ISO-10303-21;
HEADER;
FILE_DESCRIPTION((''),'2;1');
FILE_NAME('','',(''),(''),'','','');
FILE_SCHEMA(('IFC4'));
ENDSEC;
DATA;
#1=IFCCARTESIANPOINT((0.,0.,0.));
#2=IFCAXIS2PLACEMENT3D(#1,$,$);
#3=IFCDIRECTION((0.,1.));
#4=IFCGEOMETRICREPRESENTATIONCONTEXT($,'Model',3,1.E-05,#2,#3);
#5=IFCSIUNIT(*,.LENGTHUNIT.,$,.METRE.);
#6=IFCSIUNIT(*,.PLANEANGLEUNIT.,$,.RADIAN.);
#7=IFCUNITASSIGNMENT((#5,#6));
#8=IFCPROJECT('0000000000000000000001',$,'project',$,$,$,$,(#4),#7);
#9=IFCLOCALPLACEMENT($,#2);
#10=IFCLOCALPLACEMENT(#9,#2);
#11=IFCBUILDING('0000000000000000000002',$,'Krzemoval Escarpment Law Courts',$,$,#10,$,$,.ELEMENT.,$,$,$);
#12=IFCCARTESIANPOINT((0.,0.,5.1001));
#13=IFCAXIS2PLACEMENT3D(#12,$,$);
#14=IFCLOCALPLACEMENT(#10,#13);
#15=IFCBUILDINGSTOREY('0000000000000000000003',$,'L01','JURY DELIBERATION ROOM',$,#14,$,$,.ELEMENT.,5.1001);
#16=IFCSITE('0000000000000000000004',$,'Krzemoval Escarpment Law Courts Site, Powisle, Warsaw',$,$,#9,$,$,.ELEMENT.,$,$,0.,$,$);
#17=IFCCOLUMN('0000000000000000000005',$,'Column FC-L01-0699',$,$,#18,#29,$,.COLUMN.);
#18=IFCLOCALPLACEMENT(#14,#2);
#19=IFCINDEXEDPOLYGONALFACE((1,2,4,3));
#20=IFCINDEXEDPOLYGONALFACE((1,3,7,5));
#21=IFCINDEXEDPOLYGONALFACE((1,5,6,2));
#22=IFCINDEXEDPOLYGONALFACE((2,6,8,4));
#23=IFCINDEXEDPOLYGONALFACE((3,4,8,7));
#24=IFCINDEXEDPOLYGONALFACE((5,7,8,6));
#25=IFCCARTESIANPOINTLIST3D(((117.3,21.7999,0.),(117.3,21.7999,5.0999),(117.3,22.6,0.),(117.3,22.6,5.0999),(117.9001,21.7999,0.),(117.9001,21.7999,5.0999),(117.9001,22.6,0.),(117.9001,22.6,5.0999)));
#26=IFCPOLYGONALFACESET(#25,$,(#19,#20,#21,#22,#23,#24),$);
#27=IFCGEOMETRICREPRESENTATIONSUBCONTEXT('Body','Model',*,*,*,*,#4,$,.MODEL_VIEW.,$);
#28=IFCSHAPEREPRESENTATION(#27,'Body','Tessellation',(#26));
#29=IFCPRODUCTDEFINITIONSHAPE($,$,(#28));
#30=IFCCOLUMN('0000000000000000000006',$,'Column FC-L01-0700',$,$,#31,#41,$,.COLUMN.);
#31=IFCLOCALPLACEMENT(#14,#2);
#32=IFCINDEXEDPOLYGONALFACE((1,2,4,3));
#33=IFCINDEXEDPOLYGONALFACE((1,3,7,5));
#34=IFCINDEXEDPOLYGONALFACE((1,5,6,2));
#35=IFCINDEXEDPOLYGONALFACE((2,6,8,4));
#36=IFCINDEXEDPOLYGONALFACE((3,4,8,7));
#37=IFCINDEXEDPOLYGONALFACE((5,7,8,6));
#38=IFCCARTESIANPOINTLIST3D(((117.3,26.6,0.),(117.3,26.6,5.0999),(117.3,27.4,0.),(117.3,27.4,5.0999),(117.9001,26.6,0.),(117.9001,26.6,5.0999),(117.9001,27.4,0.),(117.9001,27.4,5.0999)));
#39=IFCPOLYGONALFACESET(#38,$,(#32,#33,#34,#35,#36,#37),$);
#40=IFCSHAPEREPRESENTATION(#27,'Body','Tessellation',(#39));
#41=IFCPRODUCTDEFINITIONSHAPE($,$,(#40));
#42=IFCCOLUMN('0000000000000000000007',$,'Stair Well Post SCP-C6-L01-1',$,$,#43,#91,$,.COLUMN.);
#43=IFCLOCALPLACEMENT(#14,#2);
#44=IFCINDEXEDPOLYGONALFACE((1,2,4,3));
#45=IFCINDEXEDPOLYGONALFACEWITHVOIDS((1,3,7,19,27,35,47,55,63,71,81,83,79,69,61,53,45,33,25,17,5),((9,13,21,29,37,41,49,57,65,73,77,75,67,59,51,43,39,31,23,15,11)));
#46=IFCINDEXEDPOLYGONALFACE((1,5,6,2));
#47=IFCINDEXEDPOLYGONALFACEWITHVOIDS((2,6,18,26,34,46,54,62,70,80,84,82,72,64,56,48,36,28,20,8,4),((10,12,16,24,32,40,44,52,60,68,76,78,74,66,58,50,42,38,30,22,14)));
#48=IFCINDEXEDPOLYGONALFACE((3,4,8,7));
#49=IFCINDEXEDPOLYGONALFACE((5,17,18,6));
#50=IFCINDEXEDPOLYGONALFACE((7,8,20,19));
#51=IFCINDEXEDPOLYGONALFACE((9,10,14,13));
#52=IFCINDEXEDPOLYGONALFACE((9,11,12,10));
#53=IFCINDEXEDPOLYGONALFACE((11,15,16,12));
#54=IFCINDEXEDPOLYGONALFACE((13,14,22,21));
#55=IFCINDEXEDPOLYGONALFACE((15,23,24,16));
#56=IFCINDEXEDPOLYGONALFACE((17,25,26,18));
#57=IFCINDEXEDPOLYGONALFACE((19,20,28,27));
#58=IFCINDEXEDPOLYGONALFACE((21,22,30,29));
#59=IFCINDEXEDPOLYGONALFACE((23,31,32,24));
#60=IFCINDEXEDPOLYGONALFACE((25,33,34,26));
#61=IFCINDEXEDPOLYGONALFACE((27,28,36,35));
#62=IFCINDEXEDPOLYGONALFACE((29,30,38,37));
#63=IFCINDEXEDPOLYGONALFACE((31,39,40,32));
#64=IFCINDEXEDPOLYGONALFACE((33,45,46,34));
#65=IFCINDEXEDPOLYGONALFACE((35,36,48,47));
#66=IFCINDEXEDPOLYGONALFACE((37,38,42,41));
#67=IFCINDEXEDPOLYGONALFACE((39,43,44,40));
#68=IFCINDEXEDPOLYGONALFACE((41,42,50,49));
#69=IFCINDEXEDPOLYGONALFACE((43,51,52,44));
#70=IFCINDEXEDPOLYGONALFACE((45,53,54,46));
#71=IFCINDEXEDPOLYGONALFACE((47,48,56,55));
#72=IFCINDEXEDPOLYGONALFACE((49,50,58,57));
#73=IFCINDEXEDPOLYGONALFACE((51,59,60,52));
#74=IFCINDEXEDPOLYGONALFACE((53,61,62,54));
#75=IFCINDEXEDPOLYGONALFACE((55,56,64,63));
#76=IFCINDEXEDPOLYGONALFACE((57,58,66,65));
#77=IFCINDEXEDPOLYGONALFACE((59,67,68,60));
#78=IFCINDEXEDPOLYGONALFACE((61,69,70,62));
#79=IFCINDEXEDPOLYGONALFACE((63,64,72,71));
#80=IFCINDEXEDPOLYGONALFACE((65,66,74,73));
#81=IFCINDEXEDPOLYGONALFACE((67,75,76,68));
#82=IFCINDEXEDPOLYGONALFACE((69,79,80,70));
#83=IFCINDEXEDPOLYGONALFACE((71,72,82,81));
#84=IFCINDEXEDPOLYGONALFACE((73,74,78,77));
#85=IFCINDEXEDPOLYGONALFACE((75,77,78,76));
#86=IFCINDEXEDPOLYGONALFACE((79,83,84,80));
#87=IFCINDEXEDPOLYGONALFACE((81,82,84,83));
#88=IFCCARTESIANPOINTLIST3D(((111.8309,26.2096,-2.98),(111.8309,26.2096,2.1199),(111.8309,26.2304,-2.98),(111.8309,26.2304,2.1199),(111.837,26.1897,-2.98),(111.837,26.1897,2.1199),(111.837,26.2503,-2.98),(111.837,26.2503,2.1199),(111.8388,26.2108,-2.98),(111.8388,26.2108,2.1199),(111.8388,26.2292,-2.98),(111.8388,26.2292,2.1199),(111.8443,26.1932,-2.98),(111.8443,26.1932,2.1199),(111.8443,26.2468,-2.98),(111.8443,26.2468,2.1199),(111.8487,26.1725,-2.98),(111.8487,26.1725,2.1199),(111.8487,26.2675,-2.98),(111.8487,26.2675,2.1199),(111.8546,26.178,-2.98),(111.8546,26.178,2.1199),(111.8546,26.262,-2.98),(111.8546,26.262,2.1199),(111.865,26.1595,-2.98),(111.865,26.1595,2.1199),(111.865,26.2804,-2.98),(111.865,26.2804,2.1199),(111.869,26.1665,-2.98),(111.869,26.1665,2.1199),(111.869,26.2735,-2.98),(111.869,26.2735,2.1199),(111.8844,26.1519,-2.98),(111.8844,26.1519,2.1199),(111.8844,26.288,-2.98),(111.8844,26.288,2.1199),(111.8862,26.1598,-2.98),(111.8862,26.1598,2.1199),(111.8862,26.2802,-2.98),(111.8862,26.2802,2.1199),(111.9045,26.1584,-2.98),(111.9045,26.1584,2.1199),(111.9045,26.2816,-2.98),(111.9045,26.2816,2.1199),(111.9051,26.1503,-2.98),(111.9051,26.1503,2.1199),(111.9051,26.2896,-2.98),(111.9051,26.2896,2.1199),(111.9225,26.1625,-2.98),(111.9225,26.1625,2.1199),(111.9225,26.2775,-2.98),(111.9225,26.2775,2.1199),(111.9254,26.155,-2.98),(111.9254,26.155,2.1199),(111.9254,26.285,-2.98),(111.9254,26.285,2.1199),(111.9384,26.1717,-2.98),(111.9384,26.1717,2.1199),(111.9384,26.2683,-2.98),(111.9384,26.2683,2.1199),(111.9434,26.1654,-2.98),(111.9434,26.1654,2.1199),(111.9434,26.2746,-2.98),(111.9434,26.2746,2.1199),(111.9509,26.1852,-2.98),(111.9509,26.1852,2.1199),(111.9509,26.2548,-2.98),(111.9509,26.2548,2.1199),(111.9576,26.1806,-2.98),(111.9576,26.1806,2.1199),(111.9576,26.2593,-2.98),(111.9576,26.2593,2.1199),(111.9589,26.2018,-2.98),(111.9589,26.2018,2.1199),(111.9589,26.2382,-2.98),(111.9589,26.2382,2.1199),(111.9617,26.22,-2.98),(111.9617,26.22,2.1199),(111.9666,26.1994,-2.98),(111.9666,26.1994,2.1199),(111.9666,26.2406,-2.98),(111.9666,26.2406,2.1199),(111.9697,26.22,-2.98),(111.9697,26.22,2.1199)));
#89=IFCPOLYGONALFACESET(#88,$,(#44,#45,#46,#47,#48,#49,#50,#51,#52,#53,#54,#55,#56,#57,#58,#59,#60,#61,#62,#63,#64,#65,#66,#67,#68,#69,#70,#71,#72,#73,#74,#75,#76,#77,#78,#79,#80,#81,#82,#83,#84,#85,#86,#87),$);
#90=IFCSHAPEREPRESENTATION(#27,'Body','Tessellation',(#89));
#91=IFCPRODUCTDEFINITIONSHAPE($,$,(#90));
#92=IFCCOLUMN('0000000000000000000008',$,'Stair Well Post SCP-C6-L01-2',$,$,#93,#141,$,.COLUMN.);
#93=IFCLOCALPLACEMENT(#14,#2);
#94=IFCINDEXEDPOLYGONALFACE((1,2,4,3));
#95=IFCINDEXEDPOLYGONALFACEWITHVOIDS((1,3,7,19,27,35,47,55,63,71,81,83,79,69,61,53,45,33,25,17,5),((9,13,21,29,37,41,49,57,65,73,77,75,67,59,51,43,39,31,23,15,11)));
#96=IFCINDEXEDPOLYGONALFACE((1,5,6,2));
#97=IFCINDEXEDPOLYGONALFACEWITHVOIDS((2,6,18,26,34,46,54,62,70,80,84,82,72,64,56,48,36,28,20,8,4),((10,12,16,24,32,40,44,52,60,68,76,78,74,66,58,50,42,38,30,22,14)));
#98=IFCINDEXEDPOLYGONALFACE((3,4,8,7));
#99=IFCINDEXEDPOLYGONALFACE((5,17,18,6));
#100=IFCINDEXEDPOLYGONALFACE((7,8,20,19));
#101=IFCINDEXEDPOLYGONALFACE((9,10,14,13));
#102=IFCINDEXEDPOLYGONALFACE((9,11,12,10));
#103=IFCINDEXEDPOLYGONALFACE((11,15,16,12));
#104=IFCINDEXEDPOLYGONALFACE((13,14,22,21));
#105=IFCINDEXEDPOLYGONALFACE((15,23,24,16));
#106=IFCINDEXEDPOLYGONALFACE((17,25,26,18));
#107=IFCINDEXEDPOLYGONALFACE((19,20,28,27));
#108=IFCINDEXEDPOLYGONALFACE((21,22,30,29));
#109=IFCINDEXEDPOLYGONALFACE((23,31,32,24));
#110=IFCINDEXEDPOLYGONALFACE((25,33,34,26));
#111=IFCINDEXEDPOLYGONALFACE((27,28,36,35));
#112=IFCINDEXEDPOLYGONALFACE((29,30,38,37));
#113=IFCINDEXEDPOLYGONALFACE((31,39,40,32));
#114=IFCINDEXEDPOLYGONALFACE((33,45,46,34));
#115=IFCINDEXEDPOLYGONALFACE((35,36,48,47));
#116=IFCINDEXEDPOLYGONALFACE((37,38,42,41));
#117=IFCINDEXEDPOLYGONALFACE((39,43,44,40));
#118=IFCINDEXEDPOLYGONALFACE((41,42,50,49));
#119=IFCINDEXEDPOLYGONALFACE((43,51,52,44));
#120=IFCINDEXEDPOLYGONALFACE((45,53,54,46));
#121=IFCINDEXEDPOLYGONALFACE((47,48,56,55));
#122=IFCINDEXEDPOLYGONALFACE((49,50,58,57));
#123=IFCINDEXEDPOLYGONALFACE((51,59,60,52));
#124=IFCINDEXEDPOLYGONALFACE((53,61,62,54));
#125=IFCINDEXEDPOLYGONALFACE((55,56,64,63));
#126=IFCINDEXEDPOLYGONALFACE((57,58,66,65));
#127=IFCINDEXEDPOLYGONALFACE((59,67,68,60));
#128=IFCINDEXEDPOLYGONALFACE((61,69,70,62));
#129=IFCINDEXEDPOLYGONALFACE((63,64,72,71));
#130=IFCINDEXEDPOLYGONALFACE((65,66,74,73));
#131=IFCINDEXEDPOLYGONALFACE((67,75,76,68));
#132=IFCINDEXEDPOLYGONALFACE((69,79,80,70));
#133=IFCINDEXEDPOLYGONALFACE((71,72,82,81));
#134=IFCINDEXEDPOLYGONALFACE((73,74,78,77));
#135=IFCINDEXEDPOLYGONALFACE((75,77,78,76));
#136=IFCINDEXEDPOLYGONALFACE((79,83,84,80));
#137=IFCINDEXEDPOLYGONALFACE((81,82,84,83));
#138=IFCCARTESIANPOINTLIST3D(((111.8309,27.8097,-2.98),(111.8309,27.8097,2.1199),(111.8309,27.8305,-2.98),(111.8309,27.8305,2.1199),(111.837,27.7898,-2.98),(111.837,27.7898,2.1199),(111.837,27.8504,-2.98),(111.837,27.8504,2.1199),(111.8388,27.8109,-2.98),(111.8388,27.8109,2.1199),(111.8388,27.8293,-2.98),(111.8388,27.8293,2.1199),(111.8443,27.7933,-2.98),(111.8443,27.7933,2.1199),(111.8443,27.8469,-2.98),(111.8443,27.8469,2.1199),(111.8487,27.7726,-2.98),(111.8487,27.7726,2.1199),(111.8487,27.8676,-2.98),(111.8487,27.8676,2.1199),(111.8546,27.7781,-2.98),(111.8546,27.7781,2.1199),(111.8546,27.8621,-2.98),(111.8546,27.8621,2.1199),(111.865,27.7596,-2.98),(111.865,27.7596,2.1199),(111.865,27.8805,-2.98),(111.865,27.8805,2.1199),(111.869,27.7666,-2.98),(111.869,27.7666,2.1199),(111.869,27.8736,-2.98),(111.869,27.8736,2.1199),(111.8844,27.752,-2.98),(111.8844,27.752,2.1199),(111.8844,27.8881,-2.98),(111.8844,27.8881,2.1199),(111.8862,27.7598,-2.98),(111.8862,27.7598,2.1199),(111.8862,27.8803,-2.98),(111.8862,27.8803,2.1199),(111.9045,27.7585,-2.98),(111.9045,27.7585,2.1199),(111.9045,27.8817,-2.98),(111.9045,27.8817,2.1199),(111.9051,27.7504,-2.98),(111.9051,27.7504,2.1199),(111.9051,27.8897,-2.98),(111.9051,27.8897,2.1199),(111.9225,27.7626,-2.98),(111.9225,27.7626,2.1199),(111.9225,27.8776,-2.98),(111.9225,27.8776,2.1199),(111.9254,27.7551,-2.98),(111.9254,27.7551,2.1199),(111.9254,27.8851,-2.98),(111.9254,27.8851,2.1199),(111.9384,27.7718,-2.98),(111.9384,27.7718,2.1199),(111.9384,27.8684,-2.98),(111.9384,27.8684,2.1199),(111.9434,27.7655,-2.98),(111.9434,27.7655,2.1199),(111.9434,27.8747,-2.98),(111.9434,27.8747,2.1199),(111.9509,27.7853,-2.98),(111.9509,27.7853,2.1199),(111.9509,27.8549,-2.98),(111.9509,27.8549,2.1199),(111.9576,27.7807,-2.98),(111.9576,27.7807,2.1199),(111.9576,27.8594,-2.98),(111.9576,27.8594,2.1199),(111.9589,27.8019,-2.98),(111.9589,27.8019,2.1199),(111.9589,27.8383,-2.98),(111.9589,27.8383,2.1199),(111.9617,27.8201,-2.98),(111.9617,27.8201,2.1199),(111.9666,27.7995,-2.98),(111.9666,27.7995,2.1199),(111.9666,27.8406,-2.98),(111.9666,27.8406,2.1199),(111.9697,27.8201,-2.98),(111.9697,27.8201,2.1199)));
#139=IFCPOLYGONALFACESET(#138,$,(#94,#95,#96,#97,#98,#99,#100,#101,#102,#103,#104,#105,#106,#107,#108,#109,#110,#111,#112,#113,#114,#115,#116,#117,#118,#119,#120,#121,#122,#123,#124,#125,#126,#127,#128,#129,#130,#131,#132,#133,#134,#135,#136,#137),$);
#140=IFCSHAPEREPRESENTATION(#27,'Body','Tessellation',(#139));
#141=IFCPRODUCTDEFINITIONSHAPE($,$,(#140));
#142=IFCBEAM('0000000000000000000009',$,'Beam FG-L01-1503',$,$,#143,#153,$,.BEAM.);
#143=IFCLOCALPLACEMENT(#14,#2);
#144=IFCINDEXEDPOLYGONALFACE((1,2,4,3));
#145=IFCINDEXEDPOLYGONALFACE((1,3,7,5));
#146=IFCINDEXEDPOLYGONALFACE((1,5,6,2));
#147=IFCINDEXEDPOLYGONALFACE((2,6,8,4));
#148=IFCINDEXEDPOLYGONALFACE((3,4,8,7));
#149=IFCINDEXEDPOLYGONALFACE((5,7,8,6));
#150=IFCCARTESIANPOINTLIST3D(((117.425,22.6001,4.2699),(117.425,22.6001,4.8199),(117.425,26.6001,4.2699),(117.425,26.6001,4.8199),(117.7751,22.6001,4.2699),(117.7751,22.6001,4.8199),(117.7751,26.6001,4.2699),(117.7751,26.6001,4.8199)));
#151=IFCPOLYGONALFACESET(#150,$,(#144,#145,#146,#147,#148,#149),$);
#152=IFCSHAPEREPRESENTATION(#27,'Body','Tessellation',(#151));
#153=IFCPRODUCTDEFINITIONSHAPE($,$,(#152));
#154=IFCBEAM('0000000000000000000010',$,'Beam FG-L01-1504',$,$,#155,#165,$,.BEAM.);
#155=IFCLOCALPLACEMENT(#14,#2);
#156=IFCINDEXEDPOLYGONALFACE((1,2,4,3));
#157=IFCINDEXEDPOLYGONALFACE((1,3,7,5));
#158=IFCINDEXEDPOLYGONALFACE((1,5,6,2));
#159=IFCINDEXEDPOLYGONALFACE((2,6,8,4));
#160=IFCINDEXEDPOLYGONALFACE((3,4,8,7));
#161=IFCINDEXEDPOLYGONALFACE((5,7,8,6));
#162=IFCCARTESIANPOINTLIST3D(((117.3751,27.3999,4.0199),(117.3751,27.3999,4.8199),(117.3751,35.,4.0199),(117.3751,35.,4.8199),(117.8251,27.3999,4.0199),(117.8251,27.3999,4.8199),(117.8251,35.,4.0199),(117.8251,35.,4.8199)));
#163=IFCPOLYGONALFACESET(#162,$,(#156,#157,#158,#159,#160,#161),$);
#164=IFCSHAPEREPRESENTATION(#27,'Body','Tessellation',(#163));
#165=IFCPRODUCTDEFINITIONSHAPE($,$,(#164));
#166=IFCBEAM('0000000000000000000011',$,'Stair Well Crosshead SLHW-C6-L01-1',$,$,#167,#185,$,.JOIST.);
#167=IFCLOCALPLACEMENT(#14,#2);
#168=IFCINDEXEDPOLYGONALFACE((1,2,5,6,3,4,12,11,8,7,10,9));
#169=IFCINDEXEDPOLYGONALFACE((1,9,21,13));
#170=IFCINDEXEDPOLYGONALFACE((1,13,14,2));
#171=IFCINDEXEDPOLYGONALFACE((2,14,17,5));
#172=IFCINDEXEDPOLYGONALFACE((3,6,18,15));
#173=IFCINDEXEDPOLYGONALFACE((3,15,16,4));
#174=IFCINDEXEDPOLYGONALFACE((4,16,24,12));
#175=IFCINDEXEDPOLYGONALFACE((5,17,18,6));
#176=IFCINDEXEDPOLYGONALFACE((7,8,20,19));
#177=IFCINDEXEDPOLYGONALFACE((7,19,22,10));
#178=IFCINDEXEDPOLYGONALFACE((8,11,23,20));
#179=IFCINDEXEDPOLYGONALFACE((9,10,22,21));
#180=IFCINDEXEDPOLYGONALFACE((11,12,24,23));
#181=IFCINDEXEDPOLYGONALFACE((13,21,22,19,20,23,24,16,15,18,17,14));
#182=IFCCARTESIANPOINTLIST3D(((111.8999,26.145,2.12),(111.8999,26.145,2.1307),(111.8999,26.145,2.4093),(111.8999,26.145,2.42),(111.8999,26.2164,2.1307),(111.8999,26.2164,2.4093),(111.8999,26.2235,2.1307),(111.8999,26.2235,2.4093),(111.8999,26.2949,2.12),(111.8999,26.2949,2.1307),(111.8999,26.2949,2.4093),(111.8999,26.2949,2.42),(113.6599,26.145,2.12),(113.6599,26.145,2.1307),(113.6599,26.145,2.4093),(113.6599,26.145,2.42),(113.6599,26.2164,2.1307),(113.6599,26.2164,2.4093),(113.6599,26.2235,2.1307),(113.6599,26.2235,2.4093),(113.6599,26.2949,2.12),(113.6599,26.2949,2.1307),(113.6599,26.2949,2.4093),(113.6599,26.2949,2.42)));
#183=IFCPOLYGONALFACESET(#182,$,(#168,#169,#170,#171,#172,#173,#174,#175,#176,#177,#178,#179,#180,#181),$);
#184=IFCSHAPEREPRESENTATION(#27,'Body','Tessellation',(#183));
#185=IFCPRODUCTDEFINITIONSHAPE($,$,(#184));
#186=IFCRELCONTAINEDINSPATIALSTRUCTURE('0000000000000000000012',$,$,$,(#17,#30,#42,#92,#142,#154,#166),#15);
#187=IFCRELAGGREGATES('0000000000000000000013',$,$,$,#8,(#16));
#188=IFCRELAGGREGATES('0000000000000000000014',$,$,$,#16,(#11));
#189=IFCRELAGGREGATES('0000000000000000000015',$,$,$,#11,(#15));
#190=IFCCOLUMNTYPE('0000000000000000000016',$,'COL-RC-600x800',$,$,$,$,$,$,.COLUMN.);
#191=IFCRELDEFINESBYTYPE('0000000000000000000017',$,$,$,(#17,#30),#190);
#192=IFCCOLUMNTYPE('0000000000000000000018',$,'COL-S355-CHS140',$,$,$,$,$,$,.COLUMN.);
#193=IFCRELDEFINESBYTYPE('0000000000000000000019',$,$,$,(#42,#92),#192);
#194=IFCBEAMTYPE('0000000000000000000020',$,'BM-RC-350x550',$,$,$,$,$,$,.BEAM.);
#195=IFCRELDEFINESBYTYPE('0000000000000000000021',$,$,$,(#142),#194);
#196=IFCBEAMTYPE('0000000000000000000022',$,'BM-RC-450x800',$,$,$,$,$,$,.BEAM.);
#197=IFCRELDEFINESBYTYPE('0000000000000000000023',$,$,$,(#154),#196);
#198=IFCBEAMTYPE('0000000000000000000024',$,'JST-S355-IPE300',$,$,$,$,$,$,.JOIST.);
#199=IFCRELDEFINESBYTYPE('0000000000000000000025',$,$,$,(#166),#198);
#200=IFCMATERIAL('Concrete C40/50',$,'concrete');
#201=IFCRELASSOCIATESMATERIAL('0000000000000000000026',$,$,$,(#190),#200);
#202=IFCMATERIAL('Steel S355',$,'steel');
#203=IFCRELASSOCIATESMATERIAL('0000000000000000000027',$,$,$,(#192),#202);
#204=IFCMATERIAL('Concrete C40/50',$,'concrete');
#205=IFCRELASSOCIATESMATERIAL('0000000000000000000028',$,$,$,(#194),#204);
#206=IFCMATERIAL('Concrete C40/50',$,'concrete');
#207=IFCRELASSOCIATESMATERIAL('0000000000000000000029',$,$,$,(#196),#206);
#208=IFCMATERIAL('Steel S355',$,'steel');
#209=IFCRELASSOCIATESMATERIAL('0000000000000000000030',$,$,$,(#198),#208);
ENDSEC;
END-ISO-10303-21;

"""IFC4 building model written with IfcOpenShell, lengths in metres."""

from ifc_helpers import new_model, si_unit, direction, frame, origin, origin_2d, place, context, subcontext, project, spatial, rectangle, hollow_circle, i_section, extrude, material, material_profile, profile_set, type_object, element, save


model = new_model("IFC4")

# Units and contexts
model_context = context("Model", 3, precision=1e-05, world=origin(), true_north=direction((0.0, 1.0)))
body_context = subcontext(model_context, "Body", "Model", "MODEL_VIEW")
ifc_project = project(units=[si_unit("LENGTHUNIT", "METRE"), si_unit("PLANEANGLEUNIT", "RADIAN")], contexts=[model_context])

# Site, building, storey
site_placement = place(None, origin())
site = spatial("IfcSite", under=ifc_project, at=site_placement, Name="Krzemoval Escarpment Law Courts Site, Powisle, Warsaw", CompositionType="ELEMENT", RefElevation=0.0)
building_placement = place(site_placement, origin())
building = spatial("IfcBuilding", under=site, at=building_placement, Name="Krzemoval Escarpment Law Courts", CompositionType="ELEMENT")
storey_placement = place(building_placement, frame((0.0, 0.0, 5.1001)))
storey = spatial("IfcBuildingStorey", under=building, at=storey_placement, Name="L01", Description="JURY DELIBERATION ROOM", CompositionType="ELEMENT", Elevation=5.1001)

# Columns
ifc_material_1 = material(Name="Concrete C40/50", Category="concrete")
ifc_material_profile_1 = material_profile(ifc_material_1, rectangle(XDim=0.6001, YDim=0.8, at=origin_2d()), Name="RC 600x800")
ifc_profile_set_1 = profile_set([ifc_material_profile_1], Name="Concrete C40/50")
column_type_1 = type_object("IfcColumnType", Name="COL-RC-600x800", PredefinedType="COLUMN", material=ifc_profile_set_1)
for number, where, z_axis, x_axis, name in (
    (1, (117.6001, 22.2, 0.0), (0.0, 0.0, 1.0), (1.0, 0.0, 0.0), "Column FC-L01-0699"),
    (2, (117.6001, 27.0, 0.0), (0.0, 0.0, 1.0), (1.0, 0.0, 0.0), "Column FC-L01-0700"),
):
    element("IfcColumn", number, at=place(storey_placement, frame(where, z_axis=z_axis, x_axis=x_axis)), inside=storey, type_object=column_type_1, Name=name, PredefinedType="COLUMN", context=body_context, shape_type="SweptSolid", body=[
        extrude(rectangle(XDim=0.6001, YDim=0.8, at=origin_2d()), origin(), (0.0, 0.0, 1.0), 5.0999),
    ])
ifc_material_2 = material(Name="Steel S355", Category="steel")
ifc_material_profile_2 = material_profile(ifc_material_2, hollow_circle(Radius=0.0698, WallThickness=0.0081, at=origin_2d()), Name="CHS 139.7x8")
ifc_profile_set_2 = profile_set([ifc_material_profile_2], Name="Steel S355")
column_type_2 = type_object("IfcColumnType", Name="COL-S355-CHS140", PredefinedType="COLUMN", material=ifc_profile_set_2)
for number, where, z_axis, x_axis, name in (
    (3, (111.8999, 26.22, -2.98), (0.0, 0.0, 1.0), (1.0, 0.0, 0.0), "Stair Well Post SCP-C6-L01-1"),
    (4, (111.8999, 27.8201, -2.98), (0.0, 0.0, 1.0), (1.0, 0.0, 0.0), "Stair Well Post SCP-C6-L01-2"),
):
    element("IfcColumn", number, at=place(storey_placement, frame(where, z_axis=z_axis, x_axis=x_axis)), inside=storey, type_object=column_type_2, Name=name, PredefinedType="COLUMN", context=body_context, shape_type="SweptSolid", body=[
        extrude(hollow_circle(Radius=0.0698, WallThickness=0.0081, at=origin_2d()), origin(), (0.0, 0.0, 1.0), 5.0999),
    ])

# Beams
ifc_material_3 = material(Name="Concrete C40/50", Category="concrete")
ifc_material_profile_3 = material_profile(ifc_material_3, rectangle(XDim=0.3501, YDim=0.55, at=origin_2d()), Name="RCB 350x550")
ifc_profile_set_3 = profile_set([ifc_material_profile_3], Name="Concrete C40/50")
beam_type_1 = type_object("IfcBeamType", Name="BM-RC-350x550", PredefinedType="BEAM", material=ifc_profile_set_3)
beam_1_placement = place(storey_placement, frame((117.6001, 22.6001, 4.5449), z_axis=(0.0, 1.0, 0.0), x_axis=(-1.0, 0.0, 0.0)))
element("IfcBeam", 5, at=beam_1_placement, inside=storey, type_object=beam_type_1, Name="Beam FG-L01-1503", PredefinedType="BEAM", context=body_context, shape_type="SweptSolid", body=[
    extrude(rectangle(XDim=0.3501, YDim=0.55, at=origin_2d()), origin(), (0.0, 0.0, 1.0), 4.0),
])
ifc_material_4 = material(Name="Concrete C40/50", Category="concrete")
ifc_material_profile_4 = material_profile(ifc_material_4, rectangle(XDim=0.45, YDim=0.8, at=origin_2d()), Name="RCB 450x800")
ifc_profile_set_4 = profile_set([ifc_material_profile_4], Name="Concrete C40/50")
beam_type_2 = type_object("IfcBeamType", Name="BM-RC-450x800", PredefinedType="BEAM", material=ifc_profile_set_4)
beam_2_placement = place(storey_placement, frame((117.6001, 27.3999, 4.4199), z_axis=(0.0, 1.0, 0.0), x_axis=(-1.0, 0.0, 0.0)))
element("IfcBeam", 6, at=beam_2_placement, inside=storey, type_object=beam_type_2, Name="Beam FG-L01-1504", PredefinedType="BEAM", context=body_context, shape_type="SweptSolid", body=[
    extrude(rectangle(XDim=0.45, YDim=0.8, at=origin_2d()), origin(), (0.0, 0.0, 1.0), 7.6001),
])
ifc_material_5 = material(Name="Steel S355", Category="steel")
ifc_material_profile_5 = material_profile(ifc_material_5, i_section(OverallWidth=0.1499, OverallDepth=0.3, WebThickness=0.0071, FlangeThickness=0.0107, at=origin_2d()), Name="IPE 300")
ifc_profile_set_5 = profile_set([ifc_material_profile_5], Name="Steel S355")
beam_type_3 = type_object("IfcBeamType", Name="JST-S355-IPE300", PredefinedType="JOIST", material=ifc_profile_set_5)
for number, where, z_axis, x_axis, name in (
    (7, (111.8999, 26.22, 2.27), (1.0, 0.0, 0.0), (0.0, 1.0, 0.0), "Stair Well Crosshead SLHW-C6-L01-1"),
):
    element("IfcBeam", number, at=place(storey_placement, frame(where, z_axis=z_axis, x_axis=x_axis)), inside=storey, type_object=beam_type_3, Name=name, PredefinedType="JOIST", context=body_context, shape_type="SweptSolid", body=[
        extrude(i_section(OverallWidth=0.1499, OverallDepth=0.3, WebThickness=0.0071, FlangeThickness=0.0107, at=origin_2d()), origin(), (0.0, 0.0, 1.0), 1.76),
    ])

save(model, "model.ifc")
